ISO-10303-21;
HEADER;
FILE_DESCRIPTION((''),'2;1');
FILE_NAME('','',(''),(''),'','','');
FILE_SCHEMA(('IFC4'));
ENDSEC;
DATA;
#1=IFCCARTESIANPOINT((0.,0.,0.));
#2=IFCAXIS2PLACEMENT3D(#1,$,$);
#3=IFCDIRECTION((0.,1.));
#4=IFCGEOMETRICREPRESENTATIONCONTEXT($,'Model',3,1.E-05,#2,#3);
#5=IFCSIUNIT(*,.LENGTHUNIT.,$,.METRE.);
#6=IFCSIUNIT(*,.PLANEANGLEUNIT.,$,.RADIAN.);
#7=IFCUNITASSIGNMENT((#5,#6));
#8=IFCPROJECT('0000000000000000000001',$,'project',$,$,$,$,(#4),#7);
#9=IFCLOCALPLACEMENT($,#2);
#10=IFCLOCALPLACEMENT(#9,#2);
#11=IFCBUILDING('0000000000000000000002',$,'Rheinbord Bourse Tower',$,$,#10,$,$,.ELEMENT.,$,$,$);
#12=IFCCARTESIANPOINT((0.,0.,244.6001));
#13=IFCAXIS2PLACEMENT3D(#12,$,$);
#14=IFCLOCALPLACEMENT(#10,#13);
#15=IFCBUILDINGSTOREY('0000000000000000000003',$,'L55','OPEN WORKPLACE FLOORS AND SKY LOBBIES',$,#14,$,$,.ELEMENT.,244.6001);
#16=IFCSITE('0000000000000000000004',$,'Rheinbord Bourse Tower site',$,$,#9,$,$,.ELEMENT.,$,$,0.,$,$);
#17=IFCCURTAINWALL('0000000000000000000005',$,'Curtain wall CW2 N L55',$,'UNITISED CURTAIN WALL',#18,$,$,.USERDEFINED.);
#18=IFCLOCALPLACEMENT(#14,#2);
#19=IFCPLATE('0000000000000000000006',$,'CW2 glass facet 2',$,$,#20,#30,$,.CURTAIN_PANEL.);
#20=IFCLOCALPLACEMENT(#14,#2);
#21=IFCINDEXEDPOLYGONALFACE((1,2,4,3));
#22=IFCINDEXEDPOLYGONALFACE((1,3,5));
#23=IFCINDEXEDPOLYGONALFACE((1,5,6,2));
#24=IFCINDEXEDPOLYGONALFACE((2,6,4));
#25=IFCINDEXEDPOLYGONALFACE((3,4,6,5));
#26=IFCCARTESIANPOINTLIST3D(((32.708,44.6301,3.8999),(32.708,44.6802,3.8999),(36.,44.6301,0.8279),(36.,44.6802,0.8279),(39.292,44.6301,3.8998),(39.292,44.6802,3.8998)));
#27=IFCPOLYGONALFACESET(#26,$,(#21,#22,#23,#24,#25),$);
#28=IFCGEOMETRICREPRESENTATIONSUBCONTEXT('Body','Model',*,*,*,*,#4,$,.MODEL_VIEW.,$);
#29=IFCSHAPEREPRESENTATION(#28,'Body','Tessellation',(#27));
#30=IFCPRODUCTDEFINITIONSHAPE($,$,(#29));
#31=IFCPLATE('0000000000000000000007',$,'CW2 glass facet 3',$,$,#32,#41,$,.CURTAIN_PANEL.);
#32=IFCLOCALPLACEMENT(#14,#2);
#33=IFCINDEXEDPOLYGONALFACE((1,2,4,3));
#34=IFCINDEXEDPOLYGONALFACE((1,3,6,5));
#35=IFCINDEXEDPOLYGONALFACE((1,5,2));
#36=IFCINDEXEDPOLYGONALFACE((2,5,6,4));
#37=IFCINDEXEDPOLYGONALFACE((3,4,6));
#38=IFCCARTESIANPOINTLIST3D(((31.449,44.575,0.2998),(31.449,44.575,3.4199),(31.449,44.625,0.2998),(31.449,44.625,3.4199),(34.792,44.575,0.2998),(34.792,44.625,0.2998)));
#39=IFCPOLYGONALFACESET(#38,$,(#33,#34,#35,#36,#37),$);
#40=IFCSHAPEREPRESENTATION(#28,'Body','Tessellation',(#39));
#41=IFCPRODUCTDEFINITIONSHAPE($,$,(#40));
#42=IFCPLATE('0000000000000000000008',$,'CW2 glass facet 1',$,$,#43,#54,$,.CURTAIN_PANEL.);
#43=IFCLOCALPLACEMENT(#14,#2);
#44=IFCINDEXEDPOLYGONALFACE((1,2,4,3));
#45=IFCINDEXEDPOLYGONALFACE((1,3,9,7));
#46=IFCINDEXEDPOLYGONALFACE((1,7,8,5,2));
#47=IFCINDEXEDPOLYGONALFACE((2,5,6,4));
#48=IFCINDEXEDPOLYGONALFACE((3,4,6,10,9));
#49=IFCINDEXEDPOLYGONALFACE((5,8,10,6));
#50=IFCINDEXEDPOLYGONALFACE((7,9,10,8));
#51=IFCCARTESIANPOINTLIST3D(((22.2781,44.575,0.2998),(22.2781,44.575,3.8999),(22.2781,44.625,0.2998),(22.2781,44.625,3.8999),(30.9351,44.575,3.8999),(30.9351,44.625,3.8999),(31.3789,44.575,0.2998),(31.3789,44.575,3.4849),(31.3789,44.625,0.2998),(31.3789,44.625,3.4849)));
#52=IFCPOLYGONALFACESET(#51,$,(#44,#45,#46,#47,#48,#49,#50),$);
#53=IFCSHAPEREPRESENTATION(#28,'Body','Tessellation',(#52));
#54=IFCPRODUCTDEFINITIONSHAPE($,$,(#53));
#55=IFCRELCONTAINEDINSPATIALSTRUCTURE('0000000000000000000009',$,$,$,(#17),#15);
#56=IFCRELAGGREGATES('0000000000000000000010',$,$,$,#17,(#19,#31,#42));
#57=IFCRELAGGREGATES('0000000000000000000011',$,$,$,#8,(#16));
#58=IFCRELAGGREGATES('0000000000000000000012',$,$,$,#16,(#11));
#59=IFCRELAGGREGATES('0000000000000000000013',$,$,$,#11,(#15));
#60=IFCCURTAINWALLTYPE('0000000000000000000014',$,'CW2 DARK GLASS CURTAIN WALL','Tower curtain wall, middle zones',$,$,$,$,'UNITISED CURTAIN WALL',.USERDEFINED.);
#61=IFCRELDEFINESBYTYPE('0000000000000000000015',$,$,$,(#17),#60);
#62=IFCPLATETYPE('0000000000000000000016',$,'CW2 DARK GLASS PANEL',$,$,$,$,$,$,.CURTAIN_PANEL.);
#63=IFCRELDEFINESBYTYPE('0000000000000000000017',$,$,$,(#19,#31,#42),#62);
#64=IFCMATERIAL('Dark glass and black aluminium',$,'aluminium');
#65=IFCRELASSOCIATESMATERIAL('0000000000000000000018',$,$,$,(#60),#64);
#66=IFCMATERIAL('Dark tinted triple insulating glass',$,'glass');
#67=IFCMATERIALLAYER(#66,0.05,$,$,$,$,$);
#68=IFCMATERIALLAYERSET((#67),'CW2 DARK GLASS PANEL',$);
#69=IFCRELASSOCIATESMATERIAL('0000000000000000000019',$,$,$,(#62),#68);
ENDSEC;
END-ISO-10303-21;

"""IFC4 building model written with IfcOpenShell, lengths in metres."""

from ifc_helpers import new_model, si_unit, direction, frame, origin, place, context, subcontext, project, spatial, polyline, outline, extrude, material, layer, layer_set, type_object, element, aggregate, save


model = new_model("IFC4")

# Units and contexts
model_context = context("Model", 3, precision=1e-05, world=origin(), true_north=direction((0.0, 1.0)))
body_context = subcontext(model_context, "Body", "Model", "MODEL_VIEW")
ifc_project = project(units=[si_unit("LENGTHUNIT", "METRE"), si_unit("PLANEANGLEUNIT", "RADIAN")], contexts=[model_context])

# Site, building, storey
site_placement = place(None, origin())
site = spatial("IfcSite", under=ifc_project, at=site_placement, Name="Rheinbord Bourse Tower site", CompositionType="ELEMENT", RefElevation=0.0)
building_placement = place(site_placement, origin())
building = spatial("IfcBuilding", under=site, at=building_placement, Name="Rheinbord Bourse Tower", CompositionType="ELEMENT")
storey_placement = place(building_placement, frame((0.0, 0.0, 244.6001)))
storey = spatial("IfcBuildingStorey", under=building, at=storey_placement, Name="L55", Description="OPEN WORKPLACE FLOORS AND SKY LOBBIES", CompositionType="ELEMENT", Elevation=244.6001)

# Curtain wall
ifc_material_1 = material(Name="Dark glass and black aluminium", Category="aluminium")
curtain_wall_type = type_object("IfcCurtainWallType", Name="CW2 DARK GLASS CURTAIN WALL", Description="Tower curtain wall, middle zones", ElementType="UNITISED CURTAIN WALL", PredefinedType="USERDEFINED", material=ifc_material_1)
curtain_wall_placement = place(storey_placement, origin())
curtain_wall = element("IfcCurtainWall", 1, at=curtain_wall_placement, inside=storey, type_object=curtain_wall_type, Name="Curtain wall CW2 N L55", ObjectType="UNITISED CURTAIN WALL", PredefinedType="USERDEFINED")

# Plates
ifc_material_2 = material(Name="Dark tinted triple insulating glass", Category="glass")
ifc_layer = layer(ifc_material_2, 0.05)
ifc_layer_set = layer_set([ifc_layer], Name="CW2 DARK GLASS PANEL")
plate_type = type_object("IfcPlateType", Name="CW2 DARK GLASS PANEL", PredefinedType="CURTAIN_PANEL", material=ifc_layer_set)
plate_1_placement = place(storey_placement, frame((32.708, 44.6802, 3.8999), z_axis=(0.0, -1.0, 0.0), x_axis=(0.731111, 0.0, -0.682258)))
plate_1 = element("IfcPlate", 2, at=plate_1_placement, type_object=plate_type, Name="CW2 glass facet 2", PredefinedType="CURTAIN_PANEL", context=body_context, shape_type="SweptSolid", body=[
    extrude(outline(polyline([(0.0, 0.0), (4.5027, 0.0), (4.8137, 4.4919), (0.0, 0.0)])), origin(), (0.0, 0.0, 1.0), 0.05),
])
plate_2_placement = place(storey_placement, frame((31.449, 44.625, 0.2998), z_axis=(0.0, -1.0, 0.0), x_axis=(1.0, 0.0, 0.0)))
plate_2 = element("IfcPlate", 3, at=plate_2_placement, type_object=plate_type, Name="CW2 glass facet 3", PredefinedType="CURTAIN_PANEL", context=body_context, shape_type="SweptSolid", body=[
    extrude(outline(polyline([(0.0, 0.0), (3.343, 0.0), (0.0, 3.1201), (0.0, 0.0)])), origin(), (0.0, 0.0, 1.0), 0.05),
])
plate_3_placement = place(storey_placement, frame((22.2781, 44.625, 3.8999), z_axis=(0.0, -1.0, 0.0), x_axis=(0.0, 0.0, -1.0)))
plate_3 = element("IfcPlate", 4, at=plate_3_placement, type_object=plate_type, Name="CW2 glass facet 1", PredefinedType="CURTAIN_PANEL", context=body_context, shape_type="SweptSolid", body=[
    extrude(outline(polyline([(0.0, 0.0), (3.6001, 0.0), (3.6001, 9.1008), (0.415, 9.1008), (0.0, 8.657), (0.0, 0.0)])), origin(), (0.0, 0.0, 1.0), 0.05),
])
aggregate(curtain_wall, [plate_1, plate_2, plate_3])

save(model, "model.ifc")
